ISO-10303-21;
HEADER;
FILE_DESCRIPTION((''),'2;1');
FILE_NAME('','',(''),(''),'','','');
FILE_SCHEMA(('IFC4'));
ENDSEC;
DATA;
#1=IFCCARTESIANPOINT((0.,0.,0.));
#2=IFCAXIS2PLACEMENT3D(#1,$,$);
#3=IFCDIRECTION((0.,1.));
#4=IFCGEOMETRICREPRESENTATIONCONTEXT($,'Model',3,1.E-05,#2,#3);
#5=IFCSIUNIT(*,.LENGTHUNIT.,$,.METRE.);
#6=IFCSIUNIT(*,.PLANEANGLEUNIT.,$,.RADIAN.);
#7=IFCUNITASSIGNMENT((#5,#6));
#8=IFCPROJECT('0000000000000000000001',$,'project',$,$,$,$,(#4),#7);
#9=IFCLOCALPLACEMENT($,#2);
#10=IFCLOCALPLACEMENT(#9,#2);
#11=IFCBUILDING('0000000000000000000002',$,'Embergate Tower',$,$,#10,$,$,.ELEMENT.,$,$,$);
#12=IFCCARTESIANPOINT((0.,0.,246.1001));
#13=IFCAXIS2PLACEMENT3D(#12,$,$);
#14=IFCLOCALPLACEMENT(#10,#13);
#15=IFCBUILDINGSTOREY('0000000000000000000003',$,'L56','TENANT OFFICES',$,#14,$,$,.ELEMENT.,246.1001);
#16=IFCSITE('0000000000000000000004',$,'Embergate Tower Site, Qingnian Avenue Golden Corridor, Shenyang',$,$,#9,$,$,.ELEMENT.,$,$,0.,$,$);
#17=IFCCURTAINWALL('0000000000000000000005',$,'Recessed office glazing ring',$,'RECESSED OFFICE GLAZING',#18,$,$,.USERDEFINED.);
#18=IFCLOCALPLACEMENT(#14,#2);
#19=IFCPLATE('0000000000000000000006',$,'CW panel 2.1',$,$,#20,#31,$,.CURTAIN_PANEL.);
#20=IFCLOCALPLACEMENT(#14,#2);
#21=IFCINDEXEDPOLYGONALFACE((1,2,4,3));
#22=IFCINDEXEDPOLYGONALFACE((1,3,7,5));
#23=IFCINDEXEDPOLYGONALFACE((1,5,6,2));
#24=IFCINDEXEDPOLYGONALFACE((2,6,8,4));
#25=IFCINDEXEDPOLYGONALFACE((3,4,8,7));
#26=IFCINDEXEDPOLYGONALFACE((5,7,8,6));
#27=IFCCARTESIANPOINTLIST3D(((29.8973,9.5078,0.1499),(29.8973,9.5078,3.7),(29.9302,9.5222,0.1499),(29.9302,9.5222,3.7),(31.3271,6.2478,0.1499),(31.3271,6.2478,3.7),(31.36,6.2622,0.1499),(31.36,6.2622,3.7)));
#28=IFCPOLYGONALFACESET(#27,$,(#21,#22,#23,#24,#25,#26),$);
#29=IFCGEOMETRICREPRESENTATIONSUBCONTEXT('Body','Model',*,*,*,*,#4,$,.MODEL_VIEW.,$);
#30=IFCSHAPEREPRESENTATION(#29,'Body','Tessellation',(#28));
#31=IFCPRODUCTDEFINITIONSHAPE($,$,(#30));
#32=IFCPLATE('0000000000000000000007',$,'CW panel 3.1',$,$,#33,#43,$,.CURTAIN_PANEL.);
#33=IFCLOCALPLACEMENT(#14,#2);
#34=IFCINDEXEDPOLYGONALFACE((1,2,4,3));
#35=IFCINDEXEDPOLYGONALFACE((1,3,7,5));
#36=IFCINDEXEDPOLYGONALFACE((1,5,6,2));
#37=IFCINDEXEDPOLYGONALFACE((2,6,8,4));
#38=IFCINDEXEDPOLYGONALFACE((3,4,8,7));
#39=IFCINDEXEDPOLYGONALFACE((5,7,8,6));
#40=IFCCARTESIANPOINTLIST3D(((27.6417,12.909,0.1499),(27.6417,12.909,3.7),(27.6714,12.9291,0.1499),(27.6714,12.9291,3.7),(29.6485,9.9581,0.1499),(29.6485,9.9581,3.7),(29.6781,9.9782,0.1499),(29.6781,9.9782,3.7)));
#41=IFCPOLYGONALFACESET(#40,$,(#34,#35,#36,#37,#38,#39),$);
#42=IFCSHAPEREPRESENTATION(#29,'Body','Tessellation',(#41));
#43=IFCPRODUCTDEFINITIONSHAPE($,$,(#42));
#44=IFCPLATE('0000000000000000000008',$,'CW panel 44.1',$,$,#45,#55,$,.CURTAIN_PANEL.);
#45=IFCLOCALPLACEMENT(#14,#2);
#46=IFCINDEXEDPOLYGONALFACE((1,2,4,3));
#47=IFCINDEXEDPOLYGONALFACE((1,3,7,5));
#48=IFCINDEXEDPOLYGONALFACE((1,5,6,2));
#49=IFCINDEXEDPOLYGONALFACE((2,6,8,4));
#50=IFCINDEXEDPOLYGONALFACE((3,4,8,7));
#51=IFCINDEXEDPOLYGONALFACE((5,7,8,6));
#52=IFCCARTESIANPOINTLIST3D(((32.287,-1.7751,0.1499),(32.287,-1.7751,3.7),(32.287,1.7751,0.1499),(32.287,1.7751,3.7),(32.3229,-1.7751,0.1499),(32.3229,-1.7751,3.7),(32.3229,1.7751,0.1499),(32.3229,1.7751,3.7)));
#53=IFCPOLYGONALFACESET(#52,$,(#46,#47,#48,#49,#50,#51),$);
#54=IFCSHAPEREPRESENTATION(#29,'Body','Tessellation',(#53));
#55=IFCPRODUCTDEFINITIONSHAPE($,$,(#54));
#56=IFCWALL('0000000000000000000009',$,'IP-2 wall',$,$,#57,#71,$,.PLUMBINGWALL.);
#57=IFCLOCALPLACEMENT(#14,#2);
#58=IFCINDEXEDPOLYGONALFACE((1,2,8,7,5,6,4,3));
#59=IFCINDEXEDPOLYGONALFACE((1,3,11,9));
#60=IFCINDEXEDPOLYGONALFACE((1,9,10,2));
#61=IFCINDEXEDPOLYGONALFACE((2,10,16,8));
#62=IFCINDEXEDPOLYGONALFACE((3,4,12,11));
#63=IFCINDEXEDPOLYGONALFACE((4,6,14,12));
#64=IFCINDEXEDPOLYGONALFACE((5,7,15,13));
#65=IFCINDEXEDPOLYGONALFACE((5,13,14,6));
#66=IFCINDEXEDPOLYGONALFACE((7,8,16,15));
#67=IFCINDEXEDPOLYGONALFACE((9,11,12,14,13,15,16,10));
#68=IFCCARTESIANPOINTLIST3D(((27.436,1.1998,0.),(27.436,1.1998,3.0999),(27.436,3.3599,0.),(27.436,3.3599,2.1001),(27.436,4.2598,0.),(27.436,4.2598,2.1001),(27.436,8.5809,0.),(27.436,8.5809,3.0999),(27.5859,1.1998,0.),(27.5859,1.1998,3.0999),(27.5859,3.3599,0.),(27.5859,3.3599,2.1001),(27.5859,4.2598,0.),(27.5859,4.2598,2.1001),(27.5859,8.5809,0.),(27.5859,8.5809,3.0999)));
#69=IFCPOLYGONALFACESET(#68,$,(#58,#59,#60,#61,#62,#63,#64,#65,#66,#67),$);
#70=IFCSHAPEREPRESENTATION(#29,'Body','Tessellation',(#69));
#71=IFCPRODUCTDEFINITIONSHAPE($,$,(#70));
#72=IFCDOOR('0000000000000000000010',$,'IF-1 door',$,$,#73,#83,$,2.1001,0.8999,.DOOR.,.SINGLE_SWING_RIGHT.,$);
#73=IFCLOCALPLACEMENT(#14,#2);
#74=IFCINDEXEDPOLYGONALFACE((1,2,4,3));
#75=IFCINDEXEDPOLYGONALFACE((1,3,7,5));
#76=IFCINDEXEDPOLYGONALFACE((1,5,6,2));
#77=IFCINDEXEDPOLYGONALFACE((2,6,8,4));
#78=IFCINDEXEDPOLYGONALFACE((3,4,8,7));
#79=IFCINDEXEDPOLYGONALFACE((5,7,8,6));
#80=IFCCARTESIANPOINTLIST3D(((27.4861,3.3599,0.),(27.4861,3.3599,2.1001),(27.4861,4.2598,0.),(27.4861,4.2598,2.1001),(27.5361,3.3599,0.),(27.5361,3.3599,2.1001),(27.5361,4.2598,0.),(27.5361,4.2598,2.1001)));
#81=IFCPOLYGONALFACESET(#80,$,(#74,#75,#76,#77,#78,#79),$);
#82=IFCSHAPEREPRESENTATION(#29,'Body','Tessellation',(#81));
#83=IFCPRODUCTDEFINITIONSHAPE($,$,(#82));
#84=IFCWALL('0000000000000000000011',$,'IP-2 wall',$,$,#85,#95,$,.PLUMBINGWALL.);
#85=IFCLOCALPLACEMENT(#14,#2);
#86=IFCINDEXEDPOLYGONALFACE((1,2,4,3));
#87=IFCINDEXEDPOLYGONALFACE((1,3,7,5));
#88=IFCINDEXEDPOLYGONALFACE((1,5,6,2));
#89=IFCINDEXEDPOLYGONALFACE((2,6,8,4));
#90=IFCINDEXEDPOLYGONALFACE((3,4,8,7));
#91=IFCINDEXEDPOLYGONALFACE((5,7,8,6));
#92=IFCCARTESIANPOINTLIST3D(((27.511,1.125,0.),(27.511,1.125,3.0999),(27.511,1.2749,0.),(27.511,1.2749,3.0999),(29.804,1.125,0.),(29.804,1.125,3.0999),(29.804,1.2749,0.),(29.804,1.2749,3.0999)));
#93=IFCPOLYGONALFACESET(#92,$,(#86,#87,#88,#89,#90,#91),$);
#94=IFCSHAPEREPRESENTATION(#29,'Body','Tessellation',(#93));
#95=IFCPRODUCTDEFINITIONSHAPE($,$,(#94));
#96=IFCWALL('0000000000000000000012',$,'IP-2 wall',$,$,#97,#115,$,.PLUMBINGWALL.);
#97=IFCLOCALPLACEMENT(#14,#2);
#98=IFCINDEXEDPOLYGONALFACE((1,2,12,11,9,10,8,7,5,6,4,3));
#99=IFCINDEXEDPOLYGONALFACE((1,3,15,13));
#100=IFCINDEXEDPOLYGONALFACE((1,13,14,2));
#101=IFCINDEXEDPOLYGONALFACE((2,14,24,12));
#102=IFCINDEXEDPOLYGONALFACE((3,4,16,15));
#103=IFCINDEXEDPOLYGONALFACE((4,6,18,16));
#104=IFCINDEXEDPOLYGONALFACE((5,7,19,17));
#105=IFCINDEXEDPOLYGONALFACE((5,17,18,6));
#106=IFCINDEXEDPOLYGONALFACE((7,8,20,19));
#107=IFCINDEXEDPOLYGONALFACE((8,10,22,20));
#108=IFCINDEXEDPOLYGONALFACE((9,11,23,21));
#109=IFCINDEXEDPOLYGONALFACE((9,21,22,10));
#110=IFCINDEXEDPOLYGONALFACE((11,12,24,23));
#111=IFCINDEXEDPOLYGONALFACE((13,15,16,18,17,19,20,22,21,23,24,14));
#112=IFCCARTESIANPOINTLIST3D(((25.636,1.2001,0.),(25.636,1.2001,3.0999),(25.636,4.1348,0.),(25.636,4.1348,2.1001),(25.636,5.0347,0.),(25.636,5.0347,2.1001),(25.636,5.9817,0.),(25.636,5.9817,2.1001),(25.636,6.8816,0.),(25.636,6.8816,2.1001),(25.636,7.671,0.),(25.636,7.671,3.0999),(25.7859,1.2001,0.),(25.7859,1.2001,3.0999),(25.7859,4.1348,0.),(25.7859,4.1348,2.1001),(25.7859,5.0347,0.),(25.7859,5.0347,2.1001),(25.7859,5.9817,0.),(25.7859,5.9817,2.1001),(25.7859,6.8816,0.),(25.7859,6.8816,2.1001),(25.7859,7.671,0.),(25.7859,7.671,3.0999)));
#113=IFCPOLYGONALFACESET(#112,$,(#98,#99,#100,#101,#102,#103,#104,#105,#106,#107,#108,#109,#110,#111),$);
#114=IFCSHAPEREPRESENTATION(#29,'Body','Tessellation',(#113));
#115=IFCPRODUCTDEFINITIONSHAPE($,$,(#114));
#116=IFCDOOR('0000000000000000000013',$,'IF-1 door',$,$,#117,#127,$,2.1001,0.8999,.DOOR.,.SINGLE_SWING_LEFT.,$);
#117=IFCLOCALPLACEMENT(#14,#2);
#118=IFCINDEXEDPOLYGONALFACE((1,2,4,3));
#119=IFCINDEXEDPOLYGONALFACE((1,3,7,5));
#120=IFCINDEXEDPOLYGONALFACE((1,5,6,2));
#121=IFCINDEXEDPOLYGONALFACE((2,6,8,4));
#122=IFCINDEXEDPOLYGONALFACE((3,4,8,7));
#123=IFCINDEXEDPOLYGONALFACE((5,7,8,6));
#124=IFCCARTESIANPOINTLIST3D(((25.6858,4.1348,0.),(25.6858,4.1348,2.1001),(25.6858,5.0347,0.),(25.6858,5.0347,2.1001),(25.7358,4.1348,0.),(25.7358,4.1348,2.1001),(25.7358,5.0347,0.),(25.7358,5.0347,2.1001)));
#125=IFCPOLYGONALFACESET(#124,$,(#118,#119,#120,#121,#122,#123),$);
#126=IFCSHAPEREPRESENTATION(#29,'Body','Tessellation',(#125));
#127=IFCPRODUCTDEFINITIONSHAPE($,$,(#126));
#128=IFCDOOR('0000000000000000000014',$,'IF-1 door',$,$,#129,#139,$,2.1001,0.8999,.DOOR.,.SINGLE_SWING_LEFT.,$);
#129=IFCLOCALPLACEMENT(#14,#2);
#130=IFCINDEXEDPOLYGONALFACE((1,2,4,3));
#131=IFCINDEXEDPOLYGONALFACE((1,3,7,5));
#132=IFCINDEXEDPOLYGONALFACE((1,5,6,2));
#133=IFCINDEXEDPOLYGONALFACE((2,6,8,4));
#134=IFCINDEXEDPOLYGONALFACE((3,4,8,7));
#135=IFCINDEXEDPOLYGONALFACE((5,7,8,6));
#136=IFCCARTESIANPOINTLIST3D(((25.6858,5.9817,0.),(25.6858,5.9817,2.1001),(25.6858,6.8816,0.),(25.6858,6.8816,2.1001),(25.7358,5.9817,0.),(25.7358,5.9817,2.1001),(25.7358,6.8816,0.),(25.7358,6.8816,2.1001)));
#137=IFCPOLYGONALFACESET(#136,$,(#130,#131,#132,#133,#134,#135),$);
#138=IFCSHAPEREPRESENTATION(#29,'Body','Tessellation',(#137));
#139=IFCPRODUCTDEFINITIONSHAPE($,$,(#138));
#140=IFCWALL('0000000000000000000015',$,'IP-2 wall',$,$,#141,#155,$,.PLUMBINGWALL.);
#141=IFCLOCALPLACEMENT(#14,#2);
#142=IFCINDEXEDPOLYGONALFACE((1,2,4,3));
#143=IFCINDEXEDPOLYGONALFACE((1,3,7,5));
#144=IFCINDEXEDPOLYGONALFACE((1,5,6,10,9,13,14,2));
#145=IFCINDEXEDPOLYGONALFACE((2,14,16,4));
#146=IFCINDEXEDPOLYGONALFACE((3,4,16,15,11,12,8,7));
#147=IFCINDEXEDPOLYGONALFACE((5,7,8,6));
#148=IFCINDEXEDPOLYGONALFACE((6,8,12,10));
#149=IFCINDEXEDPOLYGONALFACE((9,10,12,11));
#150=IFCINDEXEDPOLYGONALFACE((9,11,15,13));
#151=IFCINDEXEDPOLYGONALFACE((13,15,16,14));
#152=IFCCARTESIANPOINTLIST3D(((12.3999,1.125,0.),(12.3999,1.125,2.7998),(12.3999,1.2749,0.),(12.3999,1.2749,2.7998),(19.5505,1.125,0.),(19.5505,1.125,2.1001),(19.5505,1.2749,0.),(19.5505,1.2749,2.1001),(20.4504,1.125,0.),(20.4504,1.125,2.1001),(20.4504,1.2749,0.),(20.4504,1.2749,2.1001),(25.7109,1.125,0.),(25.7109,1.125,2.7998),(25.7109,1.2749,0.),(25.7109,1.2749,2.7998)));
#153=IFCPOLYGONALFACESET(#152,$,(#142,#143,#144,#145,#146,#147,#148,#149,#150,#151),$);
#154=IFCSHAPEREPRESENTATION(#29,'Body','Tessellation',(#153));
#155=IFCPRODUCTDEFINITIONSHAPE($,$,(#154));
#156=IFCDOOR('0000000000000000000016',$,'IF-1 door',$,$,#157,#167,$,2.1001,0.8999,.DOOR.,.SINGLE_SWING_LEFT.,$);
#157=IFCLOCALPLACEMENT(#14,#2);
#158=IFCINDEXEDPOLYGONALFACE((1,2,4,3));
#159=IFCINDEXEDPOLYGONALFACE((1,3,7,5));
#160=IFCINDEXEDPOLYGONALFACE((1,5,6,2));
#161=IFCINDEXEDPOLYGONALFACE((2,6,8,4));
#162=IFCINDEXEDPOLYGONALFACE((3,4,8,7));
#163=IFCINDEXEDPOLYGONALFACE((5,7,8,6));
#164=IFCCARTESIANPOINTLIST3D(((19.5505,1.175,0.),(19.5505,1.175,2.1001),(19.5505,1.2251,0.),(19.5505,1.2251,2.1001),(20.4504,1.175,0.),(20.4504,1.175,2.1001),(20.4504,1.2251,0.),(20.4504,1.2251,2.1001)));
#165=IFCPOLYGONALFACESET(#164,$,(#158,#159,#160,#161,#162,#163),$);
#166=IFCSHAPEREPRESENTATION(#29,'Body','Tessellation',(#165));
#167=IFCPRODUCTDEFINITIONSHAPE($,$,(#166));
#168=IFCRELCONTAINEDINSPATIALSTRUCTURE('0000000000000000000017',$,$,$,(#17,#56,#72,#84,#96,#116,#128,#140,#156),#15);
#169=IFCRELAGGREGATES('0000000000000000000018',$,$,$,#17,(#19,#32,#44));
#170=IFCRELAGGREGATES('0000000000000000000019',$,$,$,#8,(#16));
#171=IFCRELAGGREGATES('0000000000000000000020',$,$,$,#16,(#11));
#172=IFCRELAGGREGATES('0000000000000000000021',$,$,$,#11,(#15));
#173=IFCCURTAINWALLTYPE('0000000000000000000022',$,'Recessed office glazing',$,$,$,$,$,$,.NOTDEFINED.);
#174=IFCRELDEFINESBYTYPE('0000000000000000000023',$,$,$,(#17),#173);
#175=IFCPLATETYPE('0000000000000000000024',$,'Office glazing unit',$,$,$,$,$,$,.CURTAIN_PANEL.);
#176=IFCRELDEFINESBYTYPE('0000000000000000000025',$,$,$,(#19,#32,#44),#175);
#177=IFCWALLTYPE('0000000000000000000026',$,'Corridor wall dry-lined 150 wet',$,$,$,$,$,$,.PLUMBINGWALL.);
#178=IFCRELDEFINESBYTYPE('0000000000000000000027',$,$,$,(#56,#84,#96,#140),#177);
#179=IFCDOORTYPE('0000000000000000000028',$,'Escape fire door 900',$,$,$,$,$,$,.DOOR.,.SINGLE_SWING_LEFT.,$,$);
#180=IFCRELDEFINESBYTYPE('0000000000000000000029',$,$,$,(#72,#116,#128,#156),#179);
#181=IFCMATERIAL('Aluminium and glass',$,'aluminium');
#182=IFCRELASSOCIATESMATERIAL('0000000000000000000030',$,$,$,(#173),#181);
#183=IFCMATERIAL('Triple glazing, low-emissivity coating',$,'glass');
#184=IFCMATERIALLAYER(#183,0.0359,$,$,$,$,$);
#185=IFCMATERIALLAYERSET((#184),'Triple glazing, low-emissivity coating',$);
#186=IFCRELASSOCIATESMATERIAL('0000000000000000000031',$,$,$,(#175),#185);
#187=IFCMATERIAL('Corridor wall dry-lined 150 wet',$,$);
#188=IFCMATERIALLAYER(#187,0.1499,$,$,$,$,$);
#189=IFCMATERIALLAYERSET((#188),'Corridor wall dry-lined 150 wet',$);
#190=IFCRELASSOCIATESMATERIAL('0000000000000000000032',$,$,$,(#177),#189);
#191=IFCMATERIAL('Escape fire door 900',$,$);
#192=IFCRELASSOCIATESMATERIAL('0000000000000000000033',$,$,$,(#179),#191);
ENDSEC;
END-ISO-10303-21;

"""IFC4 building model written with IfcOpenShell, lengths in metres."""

from ifc_helpers import new_model, si_unit, direction, frame, frame_2d, origin, origin_2d, place, context, subcontext, project, spatial, rectangle, extrude, source, transform, mapped, material, layer, layer_set, type_object, element, fill, aggregate, save


model = new_model("IFC4")

# Units and contexts
model_context = context("Model", 3, precision=1e-05, world=origin(), true_north=direction((0.0, 1.0)))
body_context = subcontext(model_context, "Body", "Model", "MODEL_VIEW")
ifc_project = project(units=[si_unit("LENGTHUNIT", "METRE"), si_unit("PLANEANGLEUNIT", "RADIAN")], contexts=[model_context])

# Site, building, storey
site_placement = place(None, origin())
site = spatial("IfcSite", under=ifc_project, at=site_placement, Name="Embergate Tower Site, Qingnian Avenue Golden Corridor, Shenyang", CompositionType="ELEMENT", RefElevation=0.0)
building_placement = place(site_placement, origin())
building = spatial("IfcBuilding", under=site, at=building_placement, Name="Embergate Tower", CompositionType="ELEMENT")
storey_placement = place(building_placement, frame((0.0, 0.0, 246.1001)))
storey = spatial("IfcBuildingStorey", under=building, at=storey_placement, Name="L56", Description="TENANT OFFICES", CompositionType="ELEMENT", Elevation=246.1001)

# Curtain wall, plates
ifc_material_1 = material(Name="Aluminium and glass", Category="aluminium")
curtain_wall_type = type_object("IfcCurtainWallType", Name="Recessed office glazing", PredefinedType="NOTDEFINED", material=ifc_material_1)
curtain_wall_placement = place(storey_placement, origin())
curtain_wall = element("IfcCurtainWall", 1, at=curtain_wall_placement, inside=storey, type_object=curtain_wall_type, Name="Recessed office glazing ring", ObjectType="RECESSED OFFICE GLAZING", PredefinedType="USERDEFINED")
ifc_material_2 = material(Name="Triple glazing, low-emissivity coating", Category="glass")
ifc_layer_1 = layer(ifc_material_2, 0.0359)
ifc_layer_set_1 = layer_set([ifc_layer_1], Name="Triple glazing, low-emissivity coating")
plate_type = type_object("IfcPlateType", Name="Office glazing unit", PredefinedType="CURTAIN_PANEL", material=ifc_layer_set_1)
shared_shape_1 = source(origin(), body_context, "Body", "SweptSolid", [
    extrude(rectangle(XDim=3.5598, YDim=0.0359, at=origin_2d()), origin(), (0.0, 0.0, 1.0), 3.55),
])
plate_1_placement = place(storey_placement, frame((30.6287, 7.885, 0.1499), z_axis=(0.0, 0.0, 1.0), x_axis=(-0.401652, 0.915792, 0.0)))
plate_1 = element("IfcPlate", 2, at=plate_1_placement, type_object=plate_type, Name="CW panel 2.1", PredefinedType="CURTAIN_PANEL", context=body_context, shape_type="MappedRepresentation", body=[
    mapped(shared_shape_1, transform((0.0, 0.0, 0.0))),
])
shared_shape_2 = source(origin(), body_context, "Body", "SweptSolid", [
    extrude(rectangle(XDim=3.5686, YDim=0.0359, at=origin_2d()), origin(), (0.0, 0.0, 1.0), 3.55),
])
plate_2_placement = place(storey_placement, frame((28.6599, 11.4436, 0.1499), z_axis=(0.0, 0.0, 1.0), x_axis=(-0.562342, 0.826905, 0.0)))
plate_2 = element("IfcPlate", 3, at=plate_2_placement, type_object=plate_type, Name="CW panel 3.1", PredefinedType="CURTAIN_PANEL", context=body_context, shape_type="MappedRepresentation", body=[
    mapped(shared_shape_2, transform((0.0, 0.0, 0.0))),
])
shared_shape_3 = source(origin(), body_context, "Body", "SweptSolid", [
    extrude(rectangle(XDim=3.5503, YDim=0.0359, at=origin_2d()), origin(), (0.0, 0.0, 1.0), 3.55),
])
plate_3_placement = place(storey_placement, frame((32.3049, 0.0, 0.1499), z_axis=(0.0, 0.0, 1.0), x_axis=(0.0, 1.0, 0.0)))
plate_3 = element("IfcPlate", 4, at=plate_3_placement, type_object=plate_type, Name="CW panel 44.1", PredefinedType="CURTAIN_PANEL", context=body_context, shape_type="MappedRepresentation", body=[
    mapped(shared_shape_3, transform((0.0, 0.0, 0.0))),
])
aggregate(curtain_wall, [plate_1, plate_2, plate_3])

# Wall, opening, door
ifc_material_3 = material(Name="Corridor wall dry-lined 150 wet")
ifc_layer_2 = layer(ifc_material_3, 0.1499)
ifc_layer_set_2 = layer_set([ifc_layer_2], Name="Corridor wall dry-lined 150 wet")
wall_type_1 = type_object("IfcWallType", Name="Corridor wall dry-lined 150 wet", PredefinedType="PLUMBINGWALL", material=ifc_layer_set_2)
shared_shape_4 = source(origin(), body_context, "Body", "SweptSolid", [
    extrude(rectangle(XDim=7.3811, YDim=0.1499, at=frame_2d((3.6904, 0.0))), origin(), (0.0, 0.0, 1.0), 3.0999),
])
wall_1_placement = place(storey_placement, frame((27.511, 1.2, 0.0), z_axis=(0.0, 0.0, 1.0), x_axis=(0.0, 1.0, 0.0)))
wall_1 = element("IfcWall", 5, at=wall_1_placement, inside=storey, type_object=wall_type_1, Name="IP-2 wall", PredefinedType="PLUMBINGWALL", context=body_context, shape_type="MappedRepresentation", body=[
    mapped(shared_shape_4, transform((0.0, 0.0, 0.0))),
])
shared_shape_5 = source(origin(), body_context, "Body", "SweptSolid", [
    extrude(rectangle(XDim=0.8999, YDim=2.1001, at=frame_2d((0.45, 1.05))), frame((0.0, 0.085, 0.0), z_axis=(0.0, -1.0, 0.0), x_axis=(1.0, 0.0, 0.0)), (0.0, 0.0, 1.0), 0.1699),
])
opening_1_placement = place(wall_1_placement, frame((2.1599, 0.0, 0.0)))
opening_1 = element("IfcOpeningElement", 6, at=opening_1_placement, cuts=wall_1, PredefinedType="OPENING", context=body_context, shape_type="MappedRepresentation", body=[
    mapped(shared_shape_5, transform((0.0, 0.0, 0.0))),
])
ifc_material_4 = material(Name="Escape fire door 900")
door_type = type_object("IfcDoorType", Name="Escape fire door 900", OperationType="SINGLE_SWING_LEFT", PredefinedType="DOOR", material=ifc_material_4)
shared_shape_6 = source(origin(), body_context, "Body", "SweptSolid", [
    extrude(rectangle(XDim=0.8999, YDim=2.1001, at=frame_2d((0.45, 1.05))), frame((0.0, 0.0249, 0.0), z_axis=(0.0, -1.0, 0.0), x_axis=(1.0, 0.0, 0.0)), (0.0, 0.0, 1.0), 0.05),
])
door_1_placement = place(opening_1_placement, origin())
door_1 = element("IfcDoor", 7, at=door_1_placement, inside=storey, type_object=door_type, Name="IF-1 door", OperationType="SINGLE_SWING_RIGHT", OverallHeight=2.1001, OverallWidth=0.8999, PredefinedType="DOOR", context=body_context, shape_type="MappedRepresentation", body=[
    mapped(shared_shape_6, transform((0.0, 0.0, 0.0))),
])
fill(opening_1, door_1)

# Wall
shared_shape_7 = source(origin(), body_context, "Body", "SweptSolid", [
    extrude(rectangle(XDim=2.293, YDim=0.1499, at=frame_2d((1.1465, 0.0))), origin(), (0.0, 0.0, 1.0), 3.0999),
])
wall_2_placement = place(storey_placement, frame((29.804, 1.2, 0.0), z_axis=(0.0, 0.0, 1.0), x_axis=(-1.0, 0.0, 0.0)))
element("IfcWall", 8, at=wall_2_placement, inside=storey, type_object=wall_type_1, Name="IP-2 wall", PredefinedType="PLUMBINGWALL", context=body_context, shape_type="MappedRepresentation", body=[
    mapped(shared_shape_7, transform((0.0, 0.0, 0.0))),
])

# Wall, openings, doors
shared_shape_8 = source(origin(), body_context, "Body", "SweptSolid", [
    extrude(rectangle(XDim=6.4709, YDim=0.1499, at=frame_2d((3.2354, 0.0))), origin(), (0.0, 0.0, 1.0), 3.0999),
])
wall_3_placement = place(storey_placement, frame((25.7109, 7.6709, 0.0), z_axis=(0.0, 0.0, 1.0), x_axis=(0.0, -1.0, 0.0)))
wall_3 = element("IfcWall", 9, at=wall_3_placement, inside=storey, type_object=wall_type_1, Name="IP-2 wall", PredefinedType="PLUMBINGWALL", context=body_context, shape_type="MappedRepresentation", body=[
    mapped(shared_shape_8, transform((0.0, 0.0, 0.0))),
])
opening_2_placement = place(wall_3_placement, frame((2.6362, 0.0, 0.0)))
opening_2 = element("IfcOpeningElement", 10, at=opening_2_placement, cuts=wall_3, PredefinedType="OPENING", context=body_context, shape_type="MappedRepresentation", body=[
    mapped(shared_shape_5, transform((0.0, 0.0, 0.0))),
])
opening_3_placement = place(wall_3_placement, frame((0.7893, 0.0, 0.0)))
opening_3 = element("IfcOpeningElement", 11, at=opening_3_placement, cuts=wall_3, PredefinedType="OPENING", context=body_context, shape_type="MappedRepresentation", body=[
    mapped(shared_shape_5, transform((0.0, 0.0, 0.0))),
])
door_2_placement = place(opening_2_placement, origin())
door_2 = element("IfcDoor", 12, at=door_2_placement, inside=storey, type_object=door_type, Name="IF-1 door", OperationType="SINGLE_SWING_LEFT", OverallHeight=2.1001, OverallWidth=0.8999, PredefinedType="DOOR", context=body_context, shape_type="MappedRepresentation", body=[
    mapped(shared_shape_6, transform((0.0, 0.0, 0.0))),
])
fill(opening_2, door_2)
door_3_placement = place(opening_3_placement, origin())
door_3 = element("IfcDoor", 13, at=door_3_placement, inside=storey, type_object=door_type, Name="IF-1 door", OperationType="SINGLE_SWING_LEFT", OverallHeight=2.1001, OverallWidth=0.8999, PredefinedType="DOOR", context=body_context, shape_type="MappedRepresentation", body=[
    mapped(shared_shape_6, transform((0.0, 0.0, 0.0))),
])
fill(opening_3, door_3)

# Wall, opening, door
shared_shape_9 = source(origin(), body_context, "Body", "SweptSolid", [
    extrude(rectangle(XDim=13.311, YDim=0.1499, at=frame_2d((6.6555, 0.0))), origin(), (0.0, 0.0, 1.0), 2.7998),
])
wall_4_placement = place(storey_placement, frame((25.7109, 1.2, 0.0), z_axis=(0.0, 0.0, 1.0), x_axis=(-1.0, 0.0, 0.0)))
wall_4 = element("IfcWall", 14, at=wall_4_placement, inside=storey, type_object=wall_type_1, Name="IP-2 wall", PredefinedType="PLUMBINGWALL", context=body_context, shape_type="MappedRepresentation", body=[
    mapped(shared_shape_9, transform((0.0, 0.0, 0.0))),
])
opening_4_placement = place(wall_4_placement, frame((5.2605, 0.0, 0.0)))
opening_4 = element("IfcOpeningElement", 15, at=opening_4_placement, cuts=wall_4, PredefinedType="OPENING", context=body_context, shape_type="MappedRepresentation", body=[
    mapped(shared_shape_5, transform((0.0, 0.0, 0.0))),
])
door_4_placement = place(opening_4_placement, origin())
door_4 = element("IfcDoor", 16, at=door_4_placement, inside=storey, type_object=door_type, Name="IF-1 door", OperationType="SINGLE_SWING_LEFT", OverallHeight=2.1001, OverallWidth=0.8999, PredefinedType="DOOR", context=body_context, shape_type="MappedRepresentation", body=[
    mapped(shared_shape_6, transform((0.0, 0.0, 0.0))),
])
fill(opening_4, door_4)

save(model, "model.ifc")
